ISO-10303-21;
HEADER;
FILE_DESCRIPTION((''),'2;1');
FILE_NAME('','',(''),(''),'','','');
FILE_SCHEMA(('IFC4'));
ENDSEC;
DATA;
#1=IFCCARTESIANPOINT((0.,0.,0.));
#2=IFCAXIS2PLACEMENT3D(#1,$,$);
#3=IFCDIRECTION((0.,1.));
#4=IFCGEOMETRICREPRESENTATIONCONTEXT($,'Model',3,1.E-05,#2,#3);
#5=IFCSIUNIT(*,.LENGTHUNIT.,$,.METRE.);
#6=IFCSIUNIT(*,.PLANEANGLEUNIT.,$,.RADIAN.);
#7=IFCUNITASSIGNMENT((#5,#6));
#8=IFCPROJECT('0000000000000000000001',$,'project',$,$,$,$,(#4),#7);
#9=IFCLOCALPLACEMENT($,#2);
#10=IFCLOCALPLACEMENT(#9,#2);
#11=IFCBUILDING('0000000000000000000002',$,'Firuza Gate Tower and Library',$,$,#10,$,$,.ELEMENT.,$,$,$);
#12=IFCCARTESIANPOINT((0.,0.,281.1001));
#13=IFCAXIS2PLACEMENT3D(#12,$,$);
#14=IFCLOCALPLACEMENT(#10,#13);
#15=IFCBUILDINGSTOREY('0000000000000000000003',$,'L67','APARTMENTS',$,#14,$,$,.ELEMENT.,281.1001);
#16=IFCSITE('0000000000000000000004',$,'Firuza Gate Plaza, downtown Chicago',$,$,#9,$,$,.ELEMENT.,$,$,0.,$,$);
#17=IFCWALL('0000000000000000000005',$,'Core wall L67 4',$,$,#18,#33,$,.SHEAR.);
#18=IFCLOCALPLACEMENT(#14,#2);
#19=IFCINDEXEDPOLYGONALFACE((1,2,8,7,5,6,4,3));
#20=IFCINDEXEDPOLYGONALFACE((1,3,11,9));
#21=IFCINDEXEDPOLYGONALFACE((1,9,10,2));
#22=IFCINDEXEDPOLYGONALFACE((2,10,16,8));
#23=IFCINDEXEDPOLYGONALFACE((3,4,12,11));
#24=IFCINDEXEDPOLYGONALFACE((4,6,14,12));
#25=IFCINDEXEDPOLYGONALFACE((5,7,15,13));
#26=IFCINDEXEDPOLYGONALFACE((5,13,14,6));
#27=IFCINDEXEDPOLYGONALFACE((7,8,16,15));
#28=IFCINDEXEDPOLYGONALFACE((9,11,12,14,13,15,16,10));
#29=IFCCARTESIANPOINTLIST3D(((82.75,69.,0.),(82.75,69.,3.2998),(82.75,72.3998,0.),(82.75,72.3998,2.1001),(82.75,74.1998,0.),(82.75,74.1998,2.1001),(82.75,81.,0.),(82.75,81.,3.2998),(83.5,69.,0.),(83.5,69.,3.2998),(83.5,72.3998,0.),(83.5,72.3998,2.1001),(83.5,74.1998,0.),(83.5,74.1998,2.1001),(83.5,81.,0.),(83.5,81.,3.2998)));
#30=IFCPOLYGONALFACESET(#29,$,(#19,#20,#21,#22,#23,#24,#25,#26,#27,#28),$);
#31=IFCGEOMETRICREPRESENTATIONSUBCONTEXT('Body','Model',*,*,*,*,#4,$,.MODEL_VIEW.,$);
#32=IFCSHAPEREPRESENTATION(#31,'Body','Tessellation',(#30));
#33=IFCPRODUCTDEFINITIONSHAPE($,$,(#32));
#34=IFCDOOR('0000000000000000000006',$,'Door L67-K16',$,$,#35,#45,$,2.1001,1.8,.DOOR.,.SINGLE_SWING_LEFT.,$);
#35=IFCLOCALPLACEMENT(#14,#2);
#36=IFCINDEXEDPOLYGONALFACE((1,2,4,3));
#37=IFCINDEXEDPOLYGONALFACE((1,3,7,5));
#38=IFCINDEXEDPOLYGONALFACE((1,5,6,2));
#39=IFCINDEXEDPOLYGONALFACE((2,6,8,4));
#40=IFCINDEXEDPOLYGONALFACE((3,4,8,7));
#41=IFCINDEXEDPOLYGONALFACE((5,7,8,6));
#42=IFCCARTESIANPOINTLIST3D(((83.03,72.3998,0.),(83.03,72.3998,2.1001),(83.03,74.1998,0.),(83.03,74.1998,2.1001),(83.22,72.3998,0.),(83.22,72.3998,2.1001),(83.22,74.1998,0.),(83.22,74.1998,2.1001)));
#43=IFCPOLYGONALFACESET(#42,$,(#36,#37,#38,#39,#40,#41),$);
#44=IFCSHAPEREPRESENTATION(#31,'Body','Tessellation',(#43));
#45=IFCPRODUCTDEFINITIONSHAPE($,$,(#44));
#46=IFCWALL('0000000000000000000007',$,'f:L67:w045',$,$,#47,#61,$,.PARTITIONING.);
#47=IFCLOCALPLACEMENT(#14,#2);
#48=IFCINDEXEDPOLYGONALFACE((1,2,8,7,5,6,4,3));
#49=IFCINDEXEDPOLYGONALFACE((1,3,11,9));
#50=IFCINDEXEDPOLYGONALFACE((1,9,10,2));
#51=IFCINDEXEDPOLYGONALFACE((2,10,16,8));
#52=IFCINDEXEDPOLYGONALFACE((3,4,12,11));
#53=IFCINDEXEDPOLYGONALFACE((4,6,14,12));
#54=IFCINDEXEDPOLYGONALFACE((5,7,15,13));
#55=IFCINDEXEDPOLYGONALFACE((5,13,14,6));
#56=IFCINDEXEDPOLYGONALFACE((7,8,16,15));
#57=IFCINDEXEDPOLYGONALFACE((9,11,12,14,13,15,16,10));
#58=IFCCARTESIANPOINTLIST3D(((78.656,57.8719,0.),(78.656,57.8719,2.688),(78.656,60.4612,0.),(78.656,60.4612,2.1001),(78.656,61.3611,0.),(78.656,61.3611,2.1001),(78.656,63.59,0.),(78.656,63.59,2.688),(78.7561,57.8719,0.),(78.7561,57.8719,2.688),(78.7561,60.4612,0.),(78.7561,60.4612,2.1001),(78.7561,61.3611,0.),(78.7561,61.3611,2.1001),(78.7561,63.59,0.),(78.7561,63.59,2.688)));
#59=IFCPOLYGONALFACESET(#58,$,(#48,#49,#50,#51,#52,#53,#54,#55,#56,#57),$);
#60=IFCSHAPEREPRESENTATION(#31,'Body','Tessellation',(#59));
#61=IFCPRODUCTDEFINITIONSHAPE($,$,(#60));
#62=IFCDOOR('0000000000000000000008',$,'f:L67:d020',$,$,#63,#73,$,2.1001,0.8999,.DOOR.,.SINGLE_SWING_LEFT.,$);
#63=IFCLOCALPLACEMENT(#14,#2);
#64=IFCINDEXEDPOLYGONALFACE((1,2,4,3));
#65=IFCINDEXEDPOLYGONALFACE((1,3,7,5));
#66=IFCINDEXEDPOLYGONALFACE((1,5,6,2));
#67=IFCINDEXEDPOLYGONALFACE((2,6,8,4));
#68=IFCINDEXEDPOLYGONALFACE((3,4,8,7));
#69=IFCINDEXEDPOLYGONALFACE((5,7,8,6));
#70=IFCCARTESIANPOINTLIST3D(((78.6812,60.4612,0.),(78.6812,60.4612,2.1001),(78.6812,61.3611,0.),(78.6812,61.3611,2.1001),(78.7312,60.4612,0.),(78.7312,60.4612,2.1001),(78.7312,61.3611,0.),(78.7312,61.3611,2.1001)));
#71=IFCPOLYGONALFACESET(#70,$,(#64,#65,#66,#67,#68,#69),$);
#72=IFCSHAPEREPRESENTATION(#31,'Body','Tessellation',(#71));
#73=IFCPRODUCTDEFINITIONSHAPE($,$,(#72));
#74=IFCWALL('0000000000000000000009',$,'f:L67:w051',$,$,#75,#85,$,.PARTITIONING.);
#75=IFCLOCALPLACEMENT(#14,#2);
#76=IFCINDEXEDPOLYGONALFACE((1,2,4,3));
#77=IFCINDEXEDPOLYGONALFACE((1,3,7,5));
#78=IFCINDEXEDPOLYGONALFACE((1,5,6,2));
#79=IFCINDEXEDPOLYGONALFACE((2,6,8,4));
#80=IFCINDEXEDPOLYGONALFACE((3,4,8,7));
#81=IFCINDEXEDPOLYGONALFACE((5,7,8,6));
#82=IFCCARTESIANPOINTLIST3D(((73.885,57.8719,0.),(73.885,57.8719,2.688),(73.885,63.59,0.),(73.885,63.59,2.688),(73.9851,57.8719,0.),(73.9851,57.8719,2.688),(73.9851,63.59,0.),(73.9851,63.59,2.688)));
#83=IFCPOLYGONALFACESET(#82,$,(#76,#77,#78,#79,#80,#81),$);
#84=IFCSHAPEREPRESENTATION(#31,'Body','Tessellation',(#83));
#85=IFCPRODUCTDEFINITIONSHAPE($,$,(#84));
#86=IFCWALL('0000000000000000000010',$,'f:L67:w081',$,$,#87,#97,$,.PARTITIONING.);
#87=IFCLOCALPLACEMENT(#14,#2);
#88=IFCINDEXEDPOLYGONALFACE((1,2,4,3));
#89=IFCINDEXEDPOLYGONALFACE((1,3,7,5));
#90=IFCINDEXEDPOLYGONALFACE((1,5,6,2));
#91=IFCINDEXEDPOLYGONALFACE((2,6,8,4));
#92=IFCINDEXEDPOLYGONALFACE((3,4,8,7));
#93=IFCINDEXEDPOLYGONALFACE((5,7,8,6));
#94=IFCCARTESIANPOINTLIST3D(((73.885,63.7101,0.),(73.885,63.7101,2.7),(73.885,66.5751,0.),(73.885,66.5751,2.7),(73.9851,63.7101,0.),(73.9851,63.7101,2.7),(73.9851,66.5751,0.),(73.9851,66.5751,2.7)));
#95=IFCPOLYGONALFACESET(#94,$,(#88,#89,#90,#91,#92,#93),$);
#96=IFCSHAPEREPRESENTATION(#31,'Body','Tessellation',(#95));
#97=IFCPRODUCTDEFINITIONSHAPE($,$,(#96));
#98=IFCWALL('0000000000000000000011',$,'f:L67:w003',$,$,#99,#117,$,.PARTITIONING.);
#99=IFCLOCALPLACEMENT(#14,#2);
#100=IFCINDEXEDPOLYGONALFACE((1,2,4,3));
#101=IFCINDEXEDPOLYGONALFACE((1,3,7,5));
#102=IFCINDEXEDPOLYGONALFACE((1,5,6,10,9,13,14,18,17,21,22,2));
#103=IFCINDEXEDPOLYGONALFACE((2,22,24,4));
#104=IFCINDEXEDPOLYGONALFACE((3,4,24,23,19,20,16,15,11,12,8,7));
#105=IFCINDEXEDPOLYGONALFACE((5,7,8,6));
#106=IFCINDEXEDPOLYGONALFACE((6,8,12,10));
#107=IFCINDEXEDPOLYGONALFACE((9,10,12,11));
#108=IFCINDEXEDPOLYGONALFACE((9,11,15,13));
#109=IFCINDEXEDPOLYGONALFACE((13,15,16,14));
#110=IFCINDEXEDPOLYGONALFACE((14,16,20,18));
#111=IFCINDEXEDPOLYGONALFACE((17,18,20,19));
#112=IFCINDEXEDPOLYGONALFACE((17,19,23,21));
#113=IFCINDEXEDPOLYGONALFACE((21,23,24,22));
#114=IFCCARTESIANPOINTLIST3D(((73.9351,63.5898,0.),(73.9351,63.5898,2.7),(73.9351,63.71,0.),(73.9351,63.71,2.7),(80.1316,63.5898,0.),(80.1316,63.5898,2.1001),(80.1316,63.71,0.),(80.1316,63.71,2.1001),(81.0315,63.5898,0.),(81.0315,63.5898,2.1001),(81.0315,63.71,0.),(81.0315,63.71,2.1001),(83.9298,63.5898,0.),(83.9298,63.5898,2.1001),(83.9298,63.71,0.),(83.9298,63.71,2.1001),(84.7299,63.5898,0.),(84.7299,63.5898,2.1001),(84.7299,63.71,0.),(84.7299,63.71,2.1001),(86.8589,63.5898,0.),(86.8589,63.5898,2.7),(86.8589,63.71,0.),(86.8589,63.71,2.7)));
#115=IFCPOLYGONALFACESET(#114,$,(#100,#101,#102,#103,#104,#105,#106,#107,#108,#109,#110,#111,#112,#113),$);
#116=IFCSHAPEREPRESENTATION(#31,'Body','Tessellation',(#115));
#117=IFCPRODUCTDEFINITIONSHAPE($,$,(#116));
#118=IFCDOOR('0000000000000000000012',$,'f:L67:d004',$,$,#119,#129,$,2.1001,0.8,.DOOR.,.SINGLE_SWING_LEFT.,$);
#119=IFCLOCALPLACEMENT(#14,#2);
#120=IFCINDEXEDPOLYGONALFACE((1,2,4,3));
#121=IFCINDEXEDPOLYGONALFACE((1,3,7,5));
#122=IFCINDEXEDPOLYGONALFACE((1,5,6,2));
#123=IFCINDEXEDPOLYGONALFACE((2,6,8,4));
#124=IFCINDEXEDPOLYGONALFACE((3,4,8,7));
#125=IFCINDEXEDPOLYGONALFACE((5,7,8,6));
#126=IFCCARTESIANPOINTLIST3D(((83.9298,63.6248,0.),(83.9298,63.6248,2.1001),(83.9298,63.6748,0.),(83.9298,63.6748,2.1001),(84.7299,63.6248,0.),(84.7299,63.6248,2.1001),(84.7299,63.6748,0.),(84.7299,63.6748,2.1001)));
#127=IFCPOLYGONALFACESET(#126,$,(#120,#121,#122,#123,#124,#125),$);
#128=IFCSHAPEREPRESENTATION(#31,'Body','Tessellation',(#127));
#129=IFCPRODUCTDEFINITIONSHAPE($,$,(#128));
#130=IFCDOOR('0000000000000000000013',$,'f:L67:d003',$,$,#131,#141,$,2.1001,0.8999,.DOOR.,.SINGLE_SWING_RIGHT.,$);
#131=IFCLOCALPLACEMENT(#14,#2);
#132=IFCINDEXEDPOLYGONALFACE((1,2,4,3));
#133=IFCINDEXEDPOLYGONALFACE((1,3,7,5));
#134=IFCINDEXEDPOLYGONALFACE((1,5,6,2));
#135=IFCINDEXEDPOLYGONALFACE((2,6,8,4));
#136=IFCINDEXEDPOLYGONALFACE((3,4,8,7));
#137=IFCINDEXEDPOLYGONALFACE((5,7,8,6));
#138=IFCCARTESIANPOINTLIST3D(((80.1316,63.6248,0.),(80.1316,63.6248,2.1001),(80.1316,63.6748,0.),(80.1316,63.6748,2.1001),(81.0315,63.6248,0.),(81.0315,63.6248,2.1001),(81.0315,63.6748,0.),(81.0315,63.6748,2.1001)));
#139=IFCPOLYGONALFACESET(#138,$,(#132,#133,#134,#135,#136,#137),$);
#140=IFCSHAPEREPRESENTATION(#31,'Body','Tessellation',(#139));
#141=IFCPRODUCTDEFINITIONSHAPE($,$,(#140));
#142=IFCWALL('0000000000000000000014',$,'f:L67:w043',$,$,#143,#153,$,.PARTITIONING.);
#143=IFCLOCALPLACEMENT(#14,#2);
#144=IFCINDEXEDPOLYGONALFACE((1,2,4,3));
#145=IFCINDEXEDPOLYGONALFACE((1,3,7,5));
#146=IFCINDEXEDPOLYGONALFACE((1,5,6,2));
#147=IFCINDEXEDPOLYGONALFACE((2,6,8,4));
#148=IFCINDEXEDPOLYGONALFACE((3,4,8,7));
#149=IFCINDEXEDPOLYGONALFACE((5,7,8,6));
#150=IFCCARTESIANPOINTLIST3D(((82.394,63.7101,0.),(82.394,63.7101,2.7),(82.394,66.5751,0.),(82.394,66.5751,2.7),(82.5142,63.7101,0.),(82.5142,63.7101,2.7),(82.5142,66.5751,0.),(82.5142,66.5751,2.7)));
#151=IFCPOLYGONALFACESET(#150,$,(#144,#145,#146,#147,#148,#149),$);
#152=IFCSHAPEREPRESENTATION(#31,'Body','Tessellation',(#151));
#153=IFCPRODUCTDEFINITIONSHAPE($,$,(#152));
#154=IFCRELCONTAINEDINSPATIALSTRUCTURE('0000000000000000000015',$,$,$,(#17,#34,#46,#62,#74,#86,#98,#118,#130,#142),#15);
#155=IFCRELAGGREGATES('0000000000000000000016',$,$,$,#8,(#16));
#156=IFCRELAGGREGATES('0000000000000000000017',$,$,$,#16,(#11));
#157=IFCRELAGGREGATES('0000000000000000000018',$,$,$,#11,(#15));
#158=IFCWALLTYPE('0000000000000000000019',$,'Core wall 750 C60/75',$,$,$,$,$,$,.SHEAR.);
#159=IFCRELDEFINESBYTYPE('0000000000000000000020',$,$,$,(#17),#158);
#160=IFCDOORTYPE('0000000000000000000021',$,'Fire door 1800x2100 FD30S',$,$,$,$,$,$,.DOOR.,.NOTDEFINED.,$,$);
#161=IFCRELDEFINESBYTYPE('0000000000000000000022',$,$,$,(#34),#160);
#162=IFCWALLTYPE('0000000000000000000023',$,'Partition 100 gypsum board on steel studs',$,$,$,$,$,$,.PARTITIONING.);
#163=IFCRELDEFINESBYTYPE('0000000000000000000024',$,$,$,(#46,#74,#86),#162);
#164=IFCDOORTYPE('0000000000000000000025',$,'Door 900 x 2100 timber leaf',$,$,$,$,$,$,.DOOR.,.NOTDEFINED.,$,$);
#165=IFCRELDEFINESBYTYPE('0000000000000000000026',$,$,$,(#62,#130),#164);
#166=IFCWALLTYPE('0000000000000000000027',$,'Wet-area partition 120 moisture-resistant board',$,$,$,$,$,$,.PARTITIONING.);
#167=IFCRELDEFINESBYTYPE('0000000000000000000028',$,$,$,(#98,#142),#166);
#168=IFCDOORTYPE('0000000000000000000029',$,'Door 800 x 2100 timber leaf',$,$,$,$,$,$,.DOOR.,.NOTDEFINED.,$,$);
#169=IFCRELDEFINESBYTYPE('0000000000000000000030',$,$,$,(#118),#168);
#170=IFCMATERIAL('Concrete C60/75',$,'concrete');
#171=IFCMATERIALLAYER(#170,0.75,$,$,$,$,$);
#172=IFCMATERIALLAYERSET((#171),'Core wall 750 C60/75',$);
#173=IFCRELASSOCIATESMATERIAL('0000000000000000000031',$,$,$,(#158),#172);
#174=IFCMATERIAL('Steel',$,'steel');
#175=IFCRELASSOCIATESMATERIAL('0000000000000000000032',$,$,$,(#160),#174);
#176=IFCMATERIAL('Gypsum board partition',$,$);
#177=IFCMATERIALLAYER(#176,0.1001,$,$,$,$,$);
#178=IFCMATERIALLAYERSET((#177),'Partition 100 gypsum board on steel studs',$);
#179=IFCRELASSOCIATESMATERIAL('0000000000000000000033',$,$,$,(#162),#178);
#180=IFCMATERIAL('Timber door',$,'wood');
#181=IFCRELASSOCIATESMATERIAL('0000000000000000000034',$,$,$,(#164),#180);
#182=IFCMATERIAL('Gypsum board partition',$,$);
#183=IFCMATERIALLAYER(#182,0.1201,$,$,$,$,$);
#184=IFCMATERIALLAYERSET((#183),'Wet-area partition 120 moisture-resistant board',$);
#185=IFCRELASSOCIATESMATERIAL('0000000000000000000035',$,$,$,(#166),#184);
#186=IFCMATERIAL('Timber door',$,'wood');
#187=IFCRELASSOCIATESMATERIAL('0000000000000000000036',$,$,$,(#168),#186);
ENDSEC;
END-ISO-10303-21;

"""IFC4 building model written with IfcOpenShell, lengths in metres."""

from ifc_helpers import new_model, si_unit, direction, frame, frame_2d, origin, place, context, subcontext, project, spatial, rectangle, extrude, material, layer, layer_set, type_object, element, fill, save


model = new_model("IFC4")

# Units and contexts
model_context = context("Model", 3, precision=1e-05, world=origin(), true_north=direction((0.0, 1.0)))
body_context = subcontext(model_context, "Body", "Model", "MODEL_VIEW")
ifc_project = project(units=[si_unit("LENGTHUNIT", "METRE"), si_unit("PLANEANGLEUNIT", "RADIAN")], contexts=[model_context])

# Site, building, storey
site_placement = place(None, origin())
site = spatial("IfcSite", under=ifc_project, at=site_placement, Name="Firuza Gate Plaza, downtown Chicago", CompositionType="ELEMENT", RefElevation=0.0)
building_placement = place(site_placement, origin())
building = spatial("IfcBuilding", under=site, at=building_placement, Name="Firuza Gate Tower and Library", CompositionType="ELEMENT")
storey_placement = place(building_placement, frame((0.0, 0.0, 281.1001)))
storey = spatial("IfcBuildingStorey", under=building, at=storey_placement, Name="L67", Description="APARTMENTS", CompositionType="ELEMENT", Elevation=281.1001)

# Walls, openings, doors
ifc_material_1 = material(Name="Concrete C60/75", Category="concrete")
ifc_layer_1 = layer(ifc_material_1, 0.75)
ifc_layer_set_1 = layer_set([ifc_layer_1], Name="Core wall 750 C60/75")
wall_type_1 = type_object("IfcWallType", Name="Core wall 750 C60/75", PredefinedType="SHEAR", material=ifc_layer_set_1)
wall_1_placement = place(storey_placement, frame((83.125, 69.0, 0.0), z_axis=(0.0, 0.0, 1.0), x_axis=(0.0, 1.0, 0.0)))
wall_1 = element("IfcWall", 1, at=wall_1_placement, inside=storey, type_object=wall_type_1, Name="Core wall L67 4", PredefinedType="SHEAR", context=body_context, shape_type="SweptSolid", body=[
    extrude(rectangle(XDim=12.0, YDim=0.75, at=frame_2d((6.0, 0.0))), origin(), (0.0, 0.0, 1.0), 3.2998),
])
opening_1_placement = place(wall_1_placement, frame((3.3999, 0.0, 0.0)))
opening_1 = element("IfcOpeningElement", 2, at=opening_1_placement, cuts=wall_1, PredefinedType="OPENING", context=body_context, shape_type="SweptSolid", body=[
    extrude(rectangle(XDim=1.8, YDim=2.1001, at=frame_2d((0.8999, 1.05))), frame((0.0, 0.385, 0.0), z_axis=(0.0, -1.0, 0.0), x_axis=(1.0, 0.0, 0.0)), (0.0, 0.0, 1.0), 0.77),
])
ifc_material_2 = material(Name="Steel", Category="steel")
door_type_1 = type_object("IfcDoorType", Name="Fire door 1800x2100 FD30S", OperationType="NOTDEFINED", PredefinedType="DOOR", material=ifc_material_2)
door_1_placement = place(opening_1_placement, origin())
door_1 = element("IfcDoor", 3, at=door_1_placement, inside=storey, type_object=door_type_1, Name="Door L67-K16", OperationType="SINGLE_SWING_LEFT", OverallHeight=2.1001, OverallWidth=1.8, PredefinedType="DOOR", context=body_context, shape_type="SweptSolid", body=[
    extrude(rectangle(XDim=1.8, YDim=2.1001, at=frame_2d((0.8999, 1.05))), frame((0.0, 0.095, 0.0), z_axis=(0.0, -1.0, 0.0), x_axis=(1.0, 0.0, 0.0)), (0.0, 0.0, 1.0), 0.1899),
])
fill(opening_1, door_1)
ifc_material_3 = material(Name="Gypsum board partition")
ifc_layer_2 = layer(ifc_material_3, 0.1001)
ifc_layer_set_2 = layer_set([ifc_layer_2], Name="Partition 100 gypsum board on steel studs")
wall_type_2 = type_object("IfcWallType", Name="Partition 100 gypsum board on steel studs", PredefinedType="PARTITIONING", material=ifc_layer_set_2)
wall_2_placement = place(storey_placement, frame((78.7061, 57.8721, 0.0), z_axis=(0.0, 0.0, 1.0), x_axis=(0.0, 1.0, 0.0)))
wall_2 = element("IfcWall", 4, at=wall_2_placement, inside=storey, type_object=wall_type_2, Name="f:L67:w045", PredefinedType="PARTITIONING", context=body_context, shape_type="SweptSolid", body=[
    extrude(rectangle(XDim=5.718, YDim=0.1001, at=frame_2d((2.8589, 0.0))), origin(), (0.0, 0.0, 1.0), 2.688),
])
opening_2_placement = place(wall_2_placement, frame((2.5891, 0.0, 0.0)))
opening_2 = element("IfcOpeningElement", 5, at=opening_2_placement, cuts=wall_2, PredefinedType="OPENING", context=body_context, shape_type="SweptSolid", body=[
    extrude(rectangle(XDim=0.8999, YDim=2.1001, at=frame_2d((0.45, 1.05))), frame((0.0, 0.0601, 0.0), z_axis=(0.0, -1.0, 0.0), x_axis=(1.0, 0.0, 0.0)), (0.0, 0.0, 1.0), 0.1201),
])
ifc_material_4 = material(Name="Timber door", Category="wood")
door_type_2 = type_object("IfcDoorType", Name="Door 900 x 2100 timber leaf", OperationType="NOTDEFINED", PredefinedType="DOOR", material=ifc_material_4)
door_2_placement = place(opening_2_placement, origin())
door_2 = element("IfcDoor", 6, at=door_2_placement, inside=storey, type_object=door_type_2, Name="f:L67:d020", OperationType="SINGLE_SWING_LEFT", OverallHeight=2.1001, OverallWidth=0.8999, PredefinedType="DOOR", context=body_context, shape_type="SweptSolid", body=[
    extrude(rectangle(XDim=0.8999, YDim=2.1001, at=frame_2d((0.45, 1.05))), frame((0.0, 0.0249, 0.0), z_axis=(0.0, -1.0, 0.0), x_axis=(1.0, 0.0, 0.0)), (0.0, 0.0, 1.0), 0.05),
])
fill(opening_2, door_2)

# Walls
wall_3_placement = place(storey_placement, frame((73.9351, 57.8721, 0.0), z_axis=(0.0, 0.0, 1.0), x_axis=(0.0, 1.0, 0.0)))
element("IfcWall", 7, at=wall_3_placement, inside=storey, type_object=wall_type_2, Name="f:L67:w051", PredefinedType="PARTITIONING", context=body_context, shape_type="SweptSolid", body=[
    extrude(rectangle(XDim=5.718, YDim=0.1001, at=frame_2d((2.8589, 0.0))), origin(), (0.0, 0.0, 1.0), 2.688),
])
wall_4_placement = place(storey_placement, frame((73.9351, 63.71, 0.0), z_axis=(0.0, 0.0, 1.0), x_axis=(0.0, 1.0, 0.0)))
element("IfcWall", 8, at=wall_4_placement, inside=storey, type_object=wall_type_2, Name="f:L67:w081", PredefinedType="PARTITIONING", context=body_context, shape_type="SweptSolid", body=[
    extrude(rectangle(XDim=2.865, YDim=0.1001, at=frame_2d((1.4326, 0.0))), origin(), (0.0, 0.0, 1.0), 2.7),
])

# Wall, openings, doors
ifc_material_5 = material(Name="Gypsum board partition")
ifc_layer_3 = layer(ifc_material_5, 0.1201)
ifc_layer_set_3 = layer_set([ifc_layer_3], Name="Wet-area partition 120 moisture-resistant board")
wall_type_3 = type_object("IfcWallType", Name="Wet-area partition 120 moisture-resistant board", PredefinedType="PARTITIONING", material=ifc_layer_set_3)
wall_5_placement = place(storey_placement, frame((73.9351, 63.6499, 0.0), z_axis=(0.0, 0.0, 1.0), x_axis=(1.0, 0.0, 0.0)))
wall_5 = element("IfcWall", 9, at=wall_5_placement, inside=storey, type_object=wall_type_3, Name="f:L67:w003", PredefinedType="PARTITIONING", context=body_context, shape_type="SweptSolid", body=[
    extrude(rectangle(XDim=12.9238, YDim=0.1201, at=frame_2d((6.4619, 0.0))), origin(), (0.0, 0.0, 1.0), 2.7),
])
opening_3_placement = place(wall_5_placement, frame((6.1965, 0.0, 0.0)))
opening_3 = element("IfcOpeningElement", 10, at=opening_3_placement, cuts=wall_5, PredefinedType="OPENING", context=body_context, shape_type="SweptSolid", body=[
    extrude(rectangle(XDim=0.8999, YDim=2.1001, at=frame_2d((0.45, 1.05))), frame((0.0, 0.0701, 0.0), z_axis=(0.0, -1.0, 0.0), x_axis=(1.0, 0.0, 0.0)), (0.0, 0.0, 1.0), 0.1401),
])
opening_4_placement = place(wall_5_placement, frame((9.9949, 0.0, 0.0)))
opening_4 = element("IfcOpeningElement", 11, at=opening_4_placement, cuts=wall_5, PredefinedType="OPENING", context=body_context, shape_type="SweptSolid", body=[
    extrude(rectangle(XDim=0.8, YDim=2.1001, at=frame_2d((0.3999, 1.05))), frame((0.0, 0.0701, 0.0), z_axis=(0.0, -1.0, 0.0), x_axis=(1.0, 0.0, 0.0)), (0.0, 0.0, 1.0), 0.1401),
])
ifc_material_6 = material(Name="Timber door", Category="wood")
door_type_3 = type_object("IfcDoorType", Name="Door 800 x 2100 timber leaf", OperationType="NOTDEFINED", PredefinedType="DOOR", material=ifc_material_6)
door_3_placement = place(opening_4_placement, origin())
door_3 = element("IfcDoor", 12, at=door_3_placement, inside=storey, type_object=door_type_3, Name="f:L67:d004", OperationType="SINGLE_SWING_LEFT", OverallHeight=2.1001, OverallWidth=0.8, PredefinedType="DOOR", context=body_context, shape_type="SweptSolid", body=[
    extrude(rectangle(XDim=0.8, YDim=2.1001, at=frame_2d((0.3999, 1.05))), frame((0.0, 0.0249, 0.0), z_axis=(0.0, -1.0, 0.0), x_axis=(1.0, 0.0, 0.0)), (0.0, 0.0, 1.0), 0.05),
])
fill(opening_4, door_3)
door_4_placement = place(opening_3_placement, origin())
door_4 = element("IfcDoor", 13, at=door_4_placement, inside=storey, type_object=door_type_2, Name="f:L67:d003", OperationType="SINGLE_SWING_RIGHT", OverallHeight=2.1001, OverallWidth=0.8999, PredefinedType="DOOR", context=body_context, shape_type="SweptSolid", body=[
    extrude(rectangle(XDim=0.8999, YDim=2.1001, at=frame_2d((0.45, 1.05))), frame((0.0, 0.0249, 0.0), z_axis=(0.0, -1.0, 0.0), x_axis=(1.0, 0.0, 0.0)), (0.0, 0.0, 1.0), 0.05),
])
fill(opening_3, door_4)

# Wall
wall_6_placement = place(storey_placement, frame((82.4541, 63.71, 0.0), z_axis=(0.0, 0.0, 1.0), x_axis=(0.0, 1.0, 0.0)))
element("IfcWall", 14, at=wall_6_placement, inside=storey, type_object=wall_type_3, Name="f:L67:w043", PredefinedType="PARTITIONING", context=body_context, shape_type="SweptSolid", body=[
    extrude(rectangle(XDim=2.865, YDim=0.1201, at=frame_2d((1.4326, 0.0))), origin(), (0.0, 0.0, 1.0), 2.7),
])

save(model, "model.ifc")
